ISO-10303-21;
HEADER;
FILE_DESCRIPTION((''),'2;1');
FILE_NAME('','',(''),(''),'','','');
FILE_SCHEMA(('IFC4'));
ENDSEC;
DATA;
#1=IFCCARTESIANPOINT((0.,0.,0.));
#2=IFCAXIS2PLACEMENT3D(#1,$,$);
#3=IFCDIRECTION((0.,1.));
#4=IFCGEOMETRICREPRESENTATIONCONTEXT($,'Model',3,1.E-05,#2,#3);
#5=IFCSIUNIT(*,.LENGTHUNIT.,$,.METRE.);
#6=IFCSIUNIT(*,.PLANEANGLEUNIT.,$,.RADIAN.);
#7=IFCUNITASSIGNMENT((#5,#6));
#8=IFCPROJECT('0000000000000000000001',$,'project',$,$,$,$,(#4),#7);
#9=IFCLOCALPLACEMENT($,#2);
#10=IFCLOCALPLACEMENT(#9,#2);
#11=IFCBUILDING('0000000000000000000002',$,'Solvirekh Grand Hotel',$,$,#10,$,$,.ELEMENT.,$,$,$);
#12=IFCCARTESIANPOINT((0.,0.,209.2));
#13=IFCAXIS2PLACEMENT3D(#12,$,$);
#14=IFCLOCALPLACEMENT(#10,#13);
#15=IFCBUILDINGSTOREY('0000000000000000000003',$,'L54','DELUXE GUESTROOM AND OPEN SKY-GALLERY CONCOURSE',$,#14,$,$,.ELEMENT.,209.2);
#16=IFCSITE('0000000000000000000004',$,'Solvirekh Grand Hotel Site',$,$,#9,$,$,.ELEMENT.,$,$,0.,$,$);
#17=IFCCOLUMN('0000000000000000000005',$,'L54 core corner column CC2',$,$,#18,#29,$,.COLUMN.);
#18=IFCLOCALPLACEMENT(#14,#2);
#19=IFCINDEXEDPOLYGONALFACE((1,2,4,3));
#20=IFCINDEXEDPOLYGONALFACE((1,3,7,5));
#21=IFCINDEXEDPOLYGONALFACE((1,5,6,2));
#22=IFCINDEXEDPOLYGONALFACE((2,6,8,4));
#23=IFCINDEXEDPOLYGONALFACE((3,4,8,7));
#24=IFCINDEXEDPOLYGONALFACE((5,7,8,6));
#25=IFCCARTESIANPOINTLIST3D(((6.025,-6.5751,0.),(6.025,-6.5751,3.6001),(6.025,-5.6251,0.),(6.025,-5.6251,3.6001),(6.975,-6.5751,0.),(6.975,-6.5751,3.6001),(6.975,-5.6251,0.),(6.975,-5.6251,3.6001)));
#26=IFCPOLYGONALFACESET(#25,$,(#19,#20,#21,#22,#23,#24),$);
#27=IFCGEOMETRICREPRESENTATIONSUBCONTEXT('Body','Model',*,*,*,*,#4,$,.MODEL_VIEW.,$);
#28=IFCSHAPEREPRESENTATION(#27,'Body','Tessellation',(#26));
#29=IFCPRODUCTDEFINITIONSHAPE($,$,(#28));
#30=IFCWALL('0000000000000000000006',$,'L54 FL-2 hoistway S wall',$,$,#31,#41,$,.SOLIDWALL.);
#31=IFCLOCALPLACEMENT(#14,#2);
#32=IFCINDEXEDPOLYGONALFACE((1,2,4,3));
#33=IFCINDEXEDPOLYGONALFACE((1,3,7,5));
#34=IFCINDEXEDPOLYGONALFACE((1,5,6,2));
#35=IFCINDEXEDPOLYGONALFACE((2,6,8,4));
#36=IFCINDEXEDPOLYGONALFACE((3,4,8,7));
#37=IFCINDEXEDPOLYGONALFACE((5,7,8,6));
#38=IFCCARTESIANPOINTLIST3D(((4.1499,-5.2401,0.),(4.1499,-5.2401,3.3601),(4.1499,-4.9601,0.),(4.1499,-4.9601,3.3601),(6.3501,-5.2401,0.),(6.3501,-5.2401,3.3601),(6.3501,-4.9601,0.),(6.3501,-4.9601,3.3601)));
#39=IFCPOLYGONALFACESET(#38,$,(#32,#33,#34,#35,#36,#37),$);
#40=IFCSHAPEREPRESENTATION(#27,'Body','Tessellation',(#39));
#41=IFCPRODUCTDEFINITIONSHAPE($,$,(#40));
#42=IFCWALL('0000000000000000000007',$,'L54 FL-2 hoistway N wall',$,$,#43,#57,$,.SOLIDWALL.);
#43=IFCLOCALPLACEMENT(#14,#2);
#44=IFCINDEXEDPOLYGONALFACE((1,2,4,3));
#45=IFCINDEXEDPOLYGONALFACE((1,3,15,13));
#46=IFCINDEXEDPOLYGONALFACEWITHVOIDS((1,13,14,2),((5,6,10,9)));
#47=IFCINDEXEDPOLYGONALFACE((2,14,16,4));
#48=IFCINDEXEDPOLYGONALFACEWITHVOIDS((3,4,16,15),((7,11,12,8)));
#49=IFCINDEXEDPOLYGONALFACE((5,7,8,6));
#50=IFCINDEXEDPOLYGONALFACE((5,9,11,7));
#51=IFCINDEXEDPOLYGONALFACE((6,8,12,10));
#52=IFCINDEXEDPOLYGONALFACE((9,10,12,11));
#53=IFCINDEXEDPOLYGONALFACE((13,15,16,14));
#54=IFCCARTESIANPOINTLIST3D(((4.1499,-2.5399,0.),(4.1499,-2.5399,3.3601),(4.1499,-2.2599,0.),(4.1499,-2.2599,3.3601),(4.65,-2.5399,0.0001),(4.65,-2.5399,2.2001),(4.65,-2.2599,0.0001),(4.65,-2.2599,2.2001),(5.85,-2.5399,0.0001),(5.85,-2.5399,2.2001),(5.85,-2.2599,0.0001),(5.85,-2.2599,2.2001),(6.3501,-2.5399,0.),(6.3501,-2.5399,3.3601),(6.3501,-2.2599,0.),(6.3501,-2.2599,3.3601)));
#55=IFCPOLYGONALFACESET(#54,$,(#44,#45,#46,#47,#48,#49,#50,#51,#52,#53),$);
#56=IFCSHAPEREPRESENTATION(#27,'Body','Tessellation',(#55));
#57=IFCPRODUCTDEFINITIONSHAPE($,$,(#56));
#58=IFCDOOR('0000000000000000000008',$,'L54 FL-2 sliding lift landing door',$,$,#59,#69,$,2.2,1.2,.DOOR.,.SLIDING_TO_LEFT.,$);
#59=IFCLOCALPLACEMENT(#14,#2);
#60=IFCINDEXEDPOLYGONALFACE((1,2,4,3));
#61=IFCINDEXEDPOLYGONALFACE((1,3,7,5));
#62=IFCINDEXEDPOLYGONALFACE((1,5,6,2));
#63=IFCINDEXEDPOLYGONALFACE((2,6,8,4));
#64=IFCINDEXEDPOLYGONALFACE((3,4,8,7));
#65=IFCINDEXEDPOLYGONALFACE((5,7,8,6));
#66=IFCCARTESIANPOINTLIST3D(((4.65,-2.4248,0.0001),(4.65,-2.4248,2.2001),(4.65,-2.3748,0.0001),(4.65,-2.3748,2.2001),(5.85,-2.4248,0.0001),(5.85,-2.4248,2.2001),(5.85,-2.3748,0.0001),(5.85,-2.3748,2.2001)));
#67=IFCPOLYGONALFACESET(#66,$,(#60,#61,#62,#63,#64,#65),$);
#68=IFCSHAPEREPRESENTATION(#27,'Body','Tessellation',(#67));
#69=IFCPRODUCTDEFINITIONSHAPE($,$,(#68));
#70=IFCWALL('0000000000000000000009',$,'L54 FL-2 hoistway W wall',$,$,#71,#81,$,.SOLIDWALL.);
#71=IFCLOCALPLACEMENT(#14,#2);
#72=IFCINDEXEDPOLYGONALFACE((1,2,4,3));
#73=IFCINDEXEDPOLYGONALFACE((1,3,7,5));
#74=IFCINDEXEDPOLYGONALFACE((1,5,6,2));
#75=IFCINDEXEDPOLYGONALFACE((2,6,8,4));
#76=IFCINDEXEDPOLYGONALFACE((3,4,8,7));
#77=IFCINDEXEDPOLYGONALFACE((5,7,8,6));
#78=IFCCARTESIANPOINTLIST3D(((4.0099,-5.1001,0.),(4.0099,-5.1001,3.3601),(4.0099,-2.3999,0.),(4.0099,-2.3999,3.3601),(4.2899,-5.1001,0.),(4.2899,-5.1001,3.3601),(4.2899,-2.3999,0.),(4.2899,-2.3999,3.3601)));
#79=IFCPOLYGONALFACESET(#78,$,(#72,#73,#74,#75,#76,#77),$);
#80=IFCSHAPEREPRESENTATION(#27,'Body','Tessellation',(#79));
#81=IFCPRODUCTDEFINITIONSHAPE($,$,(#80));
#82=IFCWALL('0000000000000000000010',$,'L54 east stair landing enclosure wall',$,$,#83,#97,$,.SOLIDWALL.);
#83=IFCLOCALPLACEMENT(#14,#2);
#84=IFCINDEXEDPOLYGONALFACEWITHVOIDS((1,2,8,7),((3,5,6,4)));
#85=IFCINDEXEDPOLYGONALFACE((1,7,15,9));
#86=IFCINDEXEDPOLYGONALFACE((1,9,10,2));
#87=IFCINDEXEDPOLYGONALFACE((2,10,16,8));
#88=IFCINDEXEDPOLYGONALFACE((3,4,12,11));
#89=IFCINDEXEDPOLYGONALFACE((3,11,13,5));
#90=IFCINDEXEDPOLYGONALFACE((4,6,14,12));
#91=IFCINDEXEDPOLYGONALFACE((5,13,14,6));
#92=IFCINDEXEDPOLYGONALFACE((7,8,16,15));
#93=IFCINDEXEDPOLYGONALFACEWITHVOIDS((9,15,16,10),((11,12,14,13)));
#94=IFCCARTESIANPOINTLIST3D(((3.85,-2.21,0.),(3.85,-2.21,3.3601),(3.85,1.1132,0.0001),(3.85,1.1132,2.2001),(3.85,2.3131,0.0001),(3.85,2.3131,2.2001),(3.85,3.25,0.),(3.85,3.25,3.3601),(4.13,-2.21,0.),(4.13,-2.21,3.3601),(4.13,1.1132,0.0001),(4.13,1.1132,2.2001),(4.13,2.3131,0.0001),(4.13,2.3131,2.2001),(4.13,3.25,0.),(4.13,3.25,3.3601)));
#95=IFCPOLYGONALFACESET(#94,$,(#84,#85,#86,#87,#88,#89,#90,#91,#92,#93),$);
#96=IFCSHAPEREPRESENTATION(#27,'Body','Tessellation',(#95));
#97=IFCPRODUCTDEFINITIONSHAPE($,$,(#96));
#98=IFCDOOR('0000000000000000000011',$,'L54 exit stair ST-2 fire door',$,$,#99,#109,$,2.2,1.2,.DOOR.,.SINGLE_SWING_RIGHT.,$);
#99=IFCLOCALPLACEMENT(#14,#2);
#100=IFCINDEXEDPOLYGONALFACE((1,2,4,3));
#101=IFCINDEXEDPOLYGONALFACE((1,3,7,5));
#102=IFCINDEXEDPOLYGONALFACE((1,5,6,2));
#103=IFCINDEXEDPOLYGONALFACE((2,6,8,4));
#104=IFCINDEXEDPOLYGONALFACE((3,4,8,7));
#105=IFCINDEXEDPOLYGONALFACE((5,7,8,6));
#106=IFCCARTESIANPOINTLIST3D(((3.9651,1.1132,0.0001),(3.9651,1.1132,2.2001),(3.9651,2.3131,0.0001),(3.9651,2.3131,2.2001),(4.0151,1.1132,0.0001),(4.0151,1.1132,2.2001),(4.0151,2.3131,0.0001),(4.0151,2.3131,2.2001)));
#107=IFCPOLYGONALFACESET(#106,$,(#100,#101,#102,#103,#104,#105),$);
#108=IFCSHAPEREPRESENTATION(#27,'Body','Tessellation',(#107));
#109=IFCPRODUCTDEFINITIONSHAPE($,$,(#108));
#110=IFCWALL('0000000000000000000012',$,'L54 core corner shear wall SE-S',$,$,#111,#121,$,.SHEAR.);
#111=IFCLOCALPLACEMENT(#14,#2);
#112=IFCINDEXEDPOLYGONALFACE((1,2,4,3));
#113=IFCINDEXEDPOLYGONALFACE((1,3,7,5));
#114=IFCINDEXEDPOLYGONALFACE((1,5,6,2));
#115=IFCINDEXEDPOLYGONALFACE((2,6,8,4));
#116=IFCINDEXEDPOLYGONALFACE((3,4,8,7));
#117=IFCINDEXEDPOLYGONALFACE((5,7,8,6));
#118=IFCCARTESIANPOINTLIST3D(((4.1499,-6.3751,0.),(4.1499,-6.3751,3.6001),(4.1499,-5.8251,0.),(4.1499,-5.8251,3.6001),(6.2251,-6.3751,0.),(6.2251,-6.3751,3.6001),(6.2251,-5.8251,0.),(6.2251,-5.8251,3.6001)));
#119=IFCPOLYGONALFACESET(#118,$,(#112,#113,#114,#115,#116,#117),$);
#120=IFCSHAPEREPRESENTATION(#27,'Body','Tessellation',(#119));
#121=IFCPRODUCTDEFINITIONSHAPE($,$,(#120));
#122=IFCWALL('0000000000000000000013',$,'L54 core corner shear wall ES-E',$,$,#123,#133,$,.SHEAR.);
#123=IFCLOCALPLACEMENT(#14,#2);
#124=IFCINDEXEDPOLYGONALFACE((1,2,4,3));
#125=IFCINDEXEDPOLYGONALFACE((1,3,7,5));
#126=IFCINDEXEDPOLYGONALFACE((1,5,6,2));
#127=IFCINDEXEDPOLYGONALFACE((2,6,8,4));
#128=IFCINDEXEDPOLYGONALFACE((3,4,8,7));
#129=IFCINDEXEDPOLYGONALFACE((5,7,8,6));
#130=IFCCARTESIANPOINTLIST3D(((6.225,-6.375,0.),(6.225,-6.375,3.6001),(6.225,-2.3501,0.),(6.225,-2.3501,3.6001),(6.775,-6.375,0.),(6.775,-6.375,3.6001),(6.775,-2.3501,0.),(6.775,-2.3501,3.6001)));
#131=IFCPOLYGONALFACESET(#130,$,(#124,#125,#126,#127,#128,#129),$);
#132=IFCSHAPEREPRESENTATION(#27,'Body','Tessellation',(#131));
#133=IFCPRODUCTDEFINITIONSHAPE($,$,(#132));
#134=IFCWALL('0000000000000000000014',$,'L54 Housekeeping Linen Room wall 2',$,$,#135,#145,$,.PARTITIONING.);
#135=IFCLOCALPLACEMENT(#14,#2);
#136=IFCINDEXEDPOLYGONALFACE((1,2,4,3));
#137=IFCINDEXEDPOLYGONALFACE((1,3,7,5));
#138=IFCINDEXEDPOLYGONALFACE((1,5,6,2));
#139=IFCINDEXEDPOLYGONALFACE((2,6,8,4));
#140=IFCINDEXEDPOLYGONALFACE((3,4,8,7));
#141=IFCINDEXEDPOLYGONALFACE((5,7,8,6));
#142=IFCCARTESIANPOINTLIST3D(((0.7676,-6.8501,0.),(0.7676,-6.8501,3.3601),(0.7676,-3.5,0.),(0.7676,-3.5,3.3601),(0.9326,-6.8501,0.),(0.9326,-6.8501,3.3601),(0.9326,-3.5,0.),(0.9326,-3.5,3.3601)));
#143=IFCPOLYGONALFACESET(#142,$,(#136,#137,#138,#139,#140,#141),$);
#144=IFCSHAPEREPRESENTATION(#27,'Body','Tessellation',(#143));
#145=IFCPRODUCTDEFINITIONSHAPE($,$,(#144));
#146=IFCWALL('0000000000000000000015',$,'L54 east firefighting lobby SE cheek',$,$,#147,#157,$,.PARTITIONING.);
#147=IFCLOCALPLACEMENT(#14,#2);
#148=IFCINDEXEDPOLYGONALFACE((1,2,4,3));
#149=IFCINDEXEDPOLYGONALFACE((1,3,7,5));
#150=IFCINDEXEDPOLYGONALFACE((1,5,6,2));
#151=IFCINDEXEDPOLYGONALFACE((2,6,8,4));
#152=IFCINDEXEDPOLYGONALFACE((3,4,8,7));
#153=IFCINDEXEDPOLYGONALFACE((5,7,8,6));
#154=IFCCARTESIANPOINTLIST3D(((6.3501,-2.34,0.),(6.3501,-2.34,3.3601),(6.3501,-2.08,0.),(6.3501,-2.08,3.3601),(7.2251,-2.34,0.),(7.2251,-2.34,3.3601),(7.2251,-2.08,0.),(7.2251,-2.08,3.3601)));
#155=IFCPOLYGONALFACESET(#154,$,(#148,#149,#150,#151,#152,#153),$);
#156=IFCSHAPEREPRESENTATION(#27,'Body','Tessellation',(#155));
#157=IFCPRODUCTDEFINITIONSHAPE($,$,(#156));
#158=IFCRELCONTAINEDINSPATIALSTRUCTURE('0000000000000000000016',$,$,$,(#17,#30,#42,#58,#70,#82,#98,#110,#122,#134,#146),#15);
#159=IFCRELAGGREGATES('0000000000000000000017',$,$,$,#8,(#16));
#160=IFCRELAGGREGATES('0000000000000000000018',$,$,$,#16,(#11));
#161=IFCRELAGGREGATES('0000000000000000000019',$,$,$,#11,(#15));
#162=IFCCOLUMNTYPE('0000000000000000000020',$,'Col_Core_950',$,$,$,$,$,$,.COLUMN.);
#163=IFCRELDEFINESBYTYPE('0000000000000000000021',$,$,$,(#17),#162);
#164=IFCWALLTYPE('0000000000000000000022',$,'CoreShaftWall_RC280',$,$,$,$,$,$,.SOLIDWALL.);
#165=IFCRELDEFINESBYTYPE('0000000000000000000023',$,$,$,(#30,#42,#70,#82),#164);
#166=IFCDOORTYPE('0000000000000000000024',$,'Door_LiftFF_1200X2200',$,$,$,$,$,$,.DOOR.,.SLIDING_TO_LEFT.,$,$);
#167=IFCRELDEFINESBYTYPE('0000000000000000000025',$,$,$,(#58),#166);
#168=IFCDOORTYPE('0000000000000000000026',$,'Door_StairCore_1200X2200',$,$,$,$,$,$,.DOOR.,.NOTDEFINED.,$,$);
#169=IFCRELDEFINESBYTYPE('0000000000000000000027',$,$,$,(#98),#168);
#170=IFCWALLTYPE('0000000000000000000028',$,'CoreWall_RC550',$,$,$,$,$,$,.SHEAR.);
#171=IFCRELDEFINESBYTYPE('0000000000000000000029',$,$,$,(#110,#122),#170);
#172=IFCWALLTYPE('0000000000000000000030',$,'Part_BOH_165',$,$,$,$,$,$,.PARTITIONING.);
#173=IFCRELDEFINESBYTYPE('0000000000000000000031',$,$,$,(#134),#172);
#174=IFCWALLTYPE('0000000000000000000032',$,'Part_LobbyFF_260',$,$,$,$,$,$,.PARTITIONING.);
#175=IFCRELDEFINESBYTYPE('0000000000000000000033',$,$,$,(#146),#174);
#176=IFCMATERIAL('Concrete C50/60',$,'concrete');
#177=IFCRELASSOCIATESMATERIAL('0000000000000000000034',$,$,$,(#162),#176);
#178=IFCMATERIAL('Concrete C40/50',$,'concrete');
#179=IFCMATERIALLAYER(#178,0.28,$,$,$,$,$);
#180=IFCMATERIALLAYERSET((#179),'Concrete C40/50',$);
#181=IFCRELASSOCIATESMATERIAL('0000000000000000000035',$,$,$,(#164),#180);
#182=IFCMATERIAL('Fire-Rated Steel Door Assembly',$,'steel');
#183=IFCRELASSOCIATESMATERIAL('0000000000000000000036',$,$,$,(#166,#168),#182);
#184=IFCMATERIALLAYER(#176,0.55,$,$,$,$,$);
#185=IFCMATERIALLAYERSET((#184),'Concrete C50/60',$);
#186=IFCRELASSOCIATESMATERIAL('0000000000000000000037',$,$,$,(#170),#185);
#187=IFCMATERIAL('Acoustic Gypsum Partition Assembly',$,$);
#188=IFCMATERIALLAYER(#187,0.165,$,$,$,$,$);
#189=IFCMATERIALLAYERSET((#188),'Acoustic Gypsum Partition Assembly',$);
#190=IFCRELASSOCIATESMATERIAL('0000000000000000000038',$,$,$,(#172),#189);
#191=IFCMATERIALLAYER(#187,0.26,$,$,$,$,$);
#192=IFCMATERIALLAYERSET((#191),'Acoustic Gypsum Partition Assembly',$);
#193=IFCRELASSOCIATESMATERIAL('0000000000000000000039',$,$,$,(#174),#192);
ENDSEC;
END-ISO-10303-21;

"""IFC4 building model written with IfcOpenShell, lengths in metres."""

from ifc_helpers import new_model, si_unit, direction, frame, frame_2d, origin, origin_2d, place, context, subcontext, project, spatial, rectangle, extrude, material, layer, layer_set, material_profile, profile_set, type_object, element, fill, save


model = new_model("IFC4")

# Units and contexts
model_context = context("Model", 3, precision=1e-05, world=origin(), true_north=direction((0.0, 1.0)))
body_context = subcontext(model_context, "Body", "Model", "MODEL_VIEW")
ifc_project = project(units=[si_unit("LENGTHUNIT", "METRE"), si_unit("PLANEANGLEUNIT", "RADIAN")], contexts=[model_context])

# Site, building, storey
site_placement = place(None, origin())
site = spatial("IfcSite", under=ifc_project, at=site_placement, Name="Solvirekh Grand Hotel Site", CompositionType="ELEMENT", RefElevation=0.0)
building_placement = place(site_placement, origin())
building = spatial("IfcBuilding", under=site, at=building_placement, Name="Solvirekh Grand Hotel", CompositionType="ELEMENT")
storey_placement = place(building_placement, frame((0.0, 0.0, 209.2)))
storey = spatial("IfcBuildingStorey", under=building, at=storey_placement, Name="L54", Description="DELUXE GUESTROOM AND OPEN SKY-GALLERY CONCOURSE", CompositionType="ELEMENT", Elevation=209.2)

# Column
ifc_material_1 = material(Name="Concrete C50/60", Category="concrete")
ifc_material_profile = material_profile(ifc_material_1, rectangle(XDim=0.95, YDim=0.95, at=origin_2d()), Name="RC 950X950")
ifc_profile_set = profile_set([ifc_material_profile], Name="Concrete C50/60")
column_type = type_object("IfcColumnType", Name="Col_Core_950", PredefinedType="COLUMN", material=ifc_profile_set)
column_placement = place(storey_placement, frame((6.5, -6.1001, 0.0), z_axis=(0.0, 0.0, 1.0), x_axis=(1.0, 0.0, 0.0)))
element("IfcColumn", 1, at=column_placement, inside=storey, type_object=column_type, Name="L54 core corner column CC2", PredefinedType="COLUMN", context=body_context, shape_type="SweptSolid", body=[
    extrude(rectangle(XDim=0.95, YDim=0.95, at=origin_2d()), origin(), (0.0, 0.0, 1.0), 3.6001),
])

# Wall
ifc_material_2 = material(Name="Concrete C40/50", Category="concrete")
ifc_layer_1 = layer(ifc_material_2, 0.28)
ifc_layer_set_1 = layer_set([ifc_layer_1], Name="Concrete C40/50")
wall_type_1 = type_object("IfcWallType", Name="CoreShaftWall_RC280", PredefinedType="SOLIDWALL", material=ifc_layer_set_1)
wall_1_placement = place(storey_placement, frame((4.1499, -5.1001, 0.0), z_axis=(0.0, 0.0, 1.0), x_axis=(1.0, 0.0, 0.0)))
element("IfcWall", 2, at=wall_1_placement, inside=storey, type_object=wall_type_1, Name="L54 FL-2 hoistway S wall", PredefinedType="SOLIDWALL", context=body_context, shape_type="SweptSolid", body=[
    extrude(rectangle(XDim=2.2002, YDim=0.28, at=frame_2d((1.1001, 0.0))), origin(), (0.0, 0.0, 1.0), 3.3601),
])

# Wall, opening, door
wall_2_placement = place(storey_placement, frame((6.3501, -2.3999, 0.0), z_axis=(0.0, 0.0, 1.0), x_axis=(-1.0, 0.0, 0.0)))
wall_2 = element("IfcWall", 3, at=wall_2_placement, inside=storey, type_object=wall_type_1, Name="L54 FL-2 hoistway N wall", PredefinedType="SOLIDWALL", context=body_context, shape_type="SweptSolid", body=[
    extrude(rectangle(XDim=2.2002, YDim=0.28, at=frame_2d((1.1001, 0.0))), origin(), (0.0, 0.0, 1.0), 3.3601),
])
opening_1_placement = place(wall_2_placement, frame((0.5, 0.0, 0.0)))
opening_1 = element("IfcOpeningElement", 4, at=opening_1_placement, cuts=wall_2, PredefinedType="OPENING", context=body_context, shape_type="SweptSolid", body=[
    extrude(rectangle(XDim=1.2, YDim=2.2, at=frame_2d((0.6001, 1.1001))), frame((0.0, 0.1499, 0.0), z_axis=(0.0, -1.0, 0.0), x_axis=(1.0, 0.0, 0.0)), (0.0, 0.0, 1.0), 0.3),
])
ifc_material_3 = material(Name="Fire-Rated Steel Door Assembly", Category="steel")
door_type_1 = type_object("IfcDoorType", Name="Door_LiftFF_1200X2200", OperationType="SLIDING_TO_LEFT", PredefinedType="DOOR", material=ifc_material_3)
door_1_placement = place(opening_1_placement, origin())
door_1 = element("IfcDoor", 5, at=door_1_placement, inside=storey, type_object=door_type_1, Name="L54 FL-2 sliding lift landing door", OperationType="SLIDING_TO_LEFT", OverallHeight=2.2, OverallWidth=1.2, PredefinedType="DOOR", context=body_context, shape_type="SweptSolid", body=[
    extrude(rectangle(XDim=1.2, YDim=2.2, at=frame_2d((0.6001, 1.1001))), frame((0.0, 0.0249, 0.0), z_axis=(0.0, -1.0, 0.0), x_axis=(1.0, 0.0, 0.0)), (0.0, 0.0, 1.0), 0.05),
])
fill(opening_1, door_1)

# Wall
wall_3_placement = place(storey_placement, frame((4.1499, -2.3999, 0.0), z_axis=(0.0, 0.0, 1.0), x_axis=(0.0, -1.0, 0.0)))
element("IfcWall", 6, at=wall_3_placement, inside=storey, type_object=wall_type_1, Name="L54 FL-2 hoistway W wall", PredefinedType="SOLIDWALL", context=body_context, shape_type="SweptSolid", body=[
    extrude(rectangle(XDim=2.7002, YDim=0.28, at=frame_2d((1.3501, 0.0))), origin(), (0.0, 0.0, 1.0), 3.3601),
])

# Wall, opening, door
wall_4_placement = place(storey_placement, frame((3.99, -2.21, 0.0), z_axis=(0.0, 0.0, 1.0), x_axis=(0.0, 1.0, 0.0)))
wall_4 = element("IfcWall", 7, at=wall_4_placement, inside=storey, type_object=wall_type_1, Name="L54 east stair landing enclosure wall", PredefinedType="SOLIDWALL", context=body_context, shape_type="SweptSolid", body=[
    extrude(rectangle(XDim=5.46, YDim=0.28, at=frame_2d((2.73, 0.0))), origin(), (0.0, 0.0, 1.0), 3.3601),
])
opening_2_placement = place(wall_4_placement, frame((3.323, 0.0, 0.0)))
opening_2 = element("IfcOpeningElement", 8, at=opening_2_placement, cuts=wall_4, PredefinedType="OPENING", context=body_context, shape_type="SweptSolid", body=[
    extrude(rectangle(XDim=1.2, YDim=2.2, at=frame_2d((0.6001, 1.1001))), frame((0.0, 0.1499, 0.0), z_axis=(0.0, -1.0, 0.0), x_axis=(1.0, 0.0, 0.0)), (0.0, 0.0, 1.0), 0.3),
])
door_type_2 = type_object("IfcDoorType", Name="Door_StairCore_1200X2200", OperationType="NOTDEFINED", PredefinedType="DOOR", material=ifc_material_3)
door_2_placement = place(opening_2_placement, origin())
door_2 = element("IfcDoor", 9, at=door_2_placement, inside=storey, type_object=door_type_2, Name="L54 exit stair ST-2 fire door", OperationType="SINGLE_SWING_RIGHT", OverallHeight=2.2, OverallWidth=1.2, PredefinedType="DOOR", context=body_context, shape_type="SweptSolid", body=[
    extrude(rectangle(XDim=1.2, YDim=2.2, at=frame_2d((0.6001, 1.1001))), frame((0.0, 0.0249, 0.0), z_axis=(0.0, -1.0, 0.0), x_axis=(1.0, 0.0, 0.0)), (0.0, 0.0, 1.0), 0.05),
])
fill(opening_2, door_2)

# Walls
ifc_layer_2 = layer(ifc_material_1, 0.55)
ifc_layer_set_2 = layer_set([ifc_layer_2], Name="Concrete C50/60")
wall_type_2 = type_object("IfcWallType", Name="CoreWall_RC550", PredefinedType="SHEAR", material=ifc_layer_set_2)
wall_5_placement = place(storey_placement, frame((4.1499, -6.1001, 0.0), z_axis=(0.0, 0.0, 1.0), x_axis=(1.0, 0.0, 0.0)))
element("IfcWall", 10, at=wall_5_placement, inside=storey, type_object=wall_type_2, Name="L54 core corner shear wall SE-S", PredefinedType="SHEAR", context=body_context, shape_type="SweptSolid", body=[
    extrude(rectangle(XDim=2.0752, YDim=0.55, at=frame_2d((1.0376, 0.0))), origin(), (0.0, 0.0, 1.0), 3.6001),
])
wall_6_placement = place(storey_placement, frame((6.5, -6.375, 0.0), z_axis=(0.0, 0.0, 1.0), x_axis=(0.0, 1.0, 0.0)))
element("IfcWall", 11, at=wall_6_placement, inside=storey, type_object=wall_type_2, Name="L54 core corner shear wall ES-E", PredefinedType="SHEAR", context=body_context, shape_type="SweptSolid", body=[
    extrude(rectangle(XDim=4.0249, YDim=0.55, at=frame_2d((2.0125, 0.0))), origin(), (0.0, 0.0, 1.0), 3.6001),
])
ifc_material_4 = material(Name="Acoustic Gypsum Partition Assembly")
ifc_layer_3 = layer(ifc_material_4, 0.165)
ifc_layer_set_3 = layer_set([ifc_layer_3], Name="Acoustic Gypsum Partition Assembly")
wall_type_3 = type_object("IfcWallType", Name="Part_BOH_165", PredefinedType="PARTITIONING", material=ifc_layer_set_3)
wall_7_placement = place(storey_placement, frame((0.8501, -6.8501, 0.0), z_axis=(0.0, 0.0, 1.0), x_axis=(0.0, 1.0, 0.0)))
element("IfcWall", 12, at=wall_7_placement, inside=storey, type_object=wall_type_3, Name="L54 Housekeeping Linen Room wall 2", PredefinedType="PARTITIONING", context=body_context, shape_type="SweptSolid", body=[
    extrude(rectangle(XDim=3.3501, YDim=0.165, at=frame_2d((1.675, 0.0))), origin(), (0.0, 0.0, 1.0), 3.3601),
])

# Wall
ifc_layer_4 = layer(ifc_material_4, 0.26)
ifc_layer_set_4 = layer_set([ifc_layer_4], Name="Acoustic Gypsum Partition Assembly")
wall_type_4 = type_object("IfcWallType", Name="Part_LobbyFF_260", PredefinedType="PARTITIONING", material=ifc_layer_set_4)
wall_8_placement = place(storey_placement, frame((6.3501, -2.21, 0.0), z_axis=(0.0, 0.0, 1.0), x_axis=(1.0, 0.0, 0.0)))
element("IfcWall", 13, at=wall_8_placement, inside=storey, type_object=wall_type_4, Name="L54 east firefighting lobby SE cheek", PredefinedType="PARTITIONING", context=body_context, shape_type="SweptSolid", body=[
    extrude(rectangle(XDim=0.875, YDim=0.26, at=frame_2d((0.4375, 0.0))), origin(), (0.0, 0.0, 1.0), 3.3601),
])

save(model, "model.ifc")
